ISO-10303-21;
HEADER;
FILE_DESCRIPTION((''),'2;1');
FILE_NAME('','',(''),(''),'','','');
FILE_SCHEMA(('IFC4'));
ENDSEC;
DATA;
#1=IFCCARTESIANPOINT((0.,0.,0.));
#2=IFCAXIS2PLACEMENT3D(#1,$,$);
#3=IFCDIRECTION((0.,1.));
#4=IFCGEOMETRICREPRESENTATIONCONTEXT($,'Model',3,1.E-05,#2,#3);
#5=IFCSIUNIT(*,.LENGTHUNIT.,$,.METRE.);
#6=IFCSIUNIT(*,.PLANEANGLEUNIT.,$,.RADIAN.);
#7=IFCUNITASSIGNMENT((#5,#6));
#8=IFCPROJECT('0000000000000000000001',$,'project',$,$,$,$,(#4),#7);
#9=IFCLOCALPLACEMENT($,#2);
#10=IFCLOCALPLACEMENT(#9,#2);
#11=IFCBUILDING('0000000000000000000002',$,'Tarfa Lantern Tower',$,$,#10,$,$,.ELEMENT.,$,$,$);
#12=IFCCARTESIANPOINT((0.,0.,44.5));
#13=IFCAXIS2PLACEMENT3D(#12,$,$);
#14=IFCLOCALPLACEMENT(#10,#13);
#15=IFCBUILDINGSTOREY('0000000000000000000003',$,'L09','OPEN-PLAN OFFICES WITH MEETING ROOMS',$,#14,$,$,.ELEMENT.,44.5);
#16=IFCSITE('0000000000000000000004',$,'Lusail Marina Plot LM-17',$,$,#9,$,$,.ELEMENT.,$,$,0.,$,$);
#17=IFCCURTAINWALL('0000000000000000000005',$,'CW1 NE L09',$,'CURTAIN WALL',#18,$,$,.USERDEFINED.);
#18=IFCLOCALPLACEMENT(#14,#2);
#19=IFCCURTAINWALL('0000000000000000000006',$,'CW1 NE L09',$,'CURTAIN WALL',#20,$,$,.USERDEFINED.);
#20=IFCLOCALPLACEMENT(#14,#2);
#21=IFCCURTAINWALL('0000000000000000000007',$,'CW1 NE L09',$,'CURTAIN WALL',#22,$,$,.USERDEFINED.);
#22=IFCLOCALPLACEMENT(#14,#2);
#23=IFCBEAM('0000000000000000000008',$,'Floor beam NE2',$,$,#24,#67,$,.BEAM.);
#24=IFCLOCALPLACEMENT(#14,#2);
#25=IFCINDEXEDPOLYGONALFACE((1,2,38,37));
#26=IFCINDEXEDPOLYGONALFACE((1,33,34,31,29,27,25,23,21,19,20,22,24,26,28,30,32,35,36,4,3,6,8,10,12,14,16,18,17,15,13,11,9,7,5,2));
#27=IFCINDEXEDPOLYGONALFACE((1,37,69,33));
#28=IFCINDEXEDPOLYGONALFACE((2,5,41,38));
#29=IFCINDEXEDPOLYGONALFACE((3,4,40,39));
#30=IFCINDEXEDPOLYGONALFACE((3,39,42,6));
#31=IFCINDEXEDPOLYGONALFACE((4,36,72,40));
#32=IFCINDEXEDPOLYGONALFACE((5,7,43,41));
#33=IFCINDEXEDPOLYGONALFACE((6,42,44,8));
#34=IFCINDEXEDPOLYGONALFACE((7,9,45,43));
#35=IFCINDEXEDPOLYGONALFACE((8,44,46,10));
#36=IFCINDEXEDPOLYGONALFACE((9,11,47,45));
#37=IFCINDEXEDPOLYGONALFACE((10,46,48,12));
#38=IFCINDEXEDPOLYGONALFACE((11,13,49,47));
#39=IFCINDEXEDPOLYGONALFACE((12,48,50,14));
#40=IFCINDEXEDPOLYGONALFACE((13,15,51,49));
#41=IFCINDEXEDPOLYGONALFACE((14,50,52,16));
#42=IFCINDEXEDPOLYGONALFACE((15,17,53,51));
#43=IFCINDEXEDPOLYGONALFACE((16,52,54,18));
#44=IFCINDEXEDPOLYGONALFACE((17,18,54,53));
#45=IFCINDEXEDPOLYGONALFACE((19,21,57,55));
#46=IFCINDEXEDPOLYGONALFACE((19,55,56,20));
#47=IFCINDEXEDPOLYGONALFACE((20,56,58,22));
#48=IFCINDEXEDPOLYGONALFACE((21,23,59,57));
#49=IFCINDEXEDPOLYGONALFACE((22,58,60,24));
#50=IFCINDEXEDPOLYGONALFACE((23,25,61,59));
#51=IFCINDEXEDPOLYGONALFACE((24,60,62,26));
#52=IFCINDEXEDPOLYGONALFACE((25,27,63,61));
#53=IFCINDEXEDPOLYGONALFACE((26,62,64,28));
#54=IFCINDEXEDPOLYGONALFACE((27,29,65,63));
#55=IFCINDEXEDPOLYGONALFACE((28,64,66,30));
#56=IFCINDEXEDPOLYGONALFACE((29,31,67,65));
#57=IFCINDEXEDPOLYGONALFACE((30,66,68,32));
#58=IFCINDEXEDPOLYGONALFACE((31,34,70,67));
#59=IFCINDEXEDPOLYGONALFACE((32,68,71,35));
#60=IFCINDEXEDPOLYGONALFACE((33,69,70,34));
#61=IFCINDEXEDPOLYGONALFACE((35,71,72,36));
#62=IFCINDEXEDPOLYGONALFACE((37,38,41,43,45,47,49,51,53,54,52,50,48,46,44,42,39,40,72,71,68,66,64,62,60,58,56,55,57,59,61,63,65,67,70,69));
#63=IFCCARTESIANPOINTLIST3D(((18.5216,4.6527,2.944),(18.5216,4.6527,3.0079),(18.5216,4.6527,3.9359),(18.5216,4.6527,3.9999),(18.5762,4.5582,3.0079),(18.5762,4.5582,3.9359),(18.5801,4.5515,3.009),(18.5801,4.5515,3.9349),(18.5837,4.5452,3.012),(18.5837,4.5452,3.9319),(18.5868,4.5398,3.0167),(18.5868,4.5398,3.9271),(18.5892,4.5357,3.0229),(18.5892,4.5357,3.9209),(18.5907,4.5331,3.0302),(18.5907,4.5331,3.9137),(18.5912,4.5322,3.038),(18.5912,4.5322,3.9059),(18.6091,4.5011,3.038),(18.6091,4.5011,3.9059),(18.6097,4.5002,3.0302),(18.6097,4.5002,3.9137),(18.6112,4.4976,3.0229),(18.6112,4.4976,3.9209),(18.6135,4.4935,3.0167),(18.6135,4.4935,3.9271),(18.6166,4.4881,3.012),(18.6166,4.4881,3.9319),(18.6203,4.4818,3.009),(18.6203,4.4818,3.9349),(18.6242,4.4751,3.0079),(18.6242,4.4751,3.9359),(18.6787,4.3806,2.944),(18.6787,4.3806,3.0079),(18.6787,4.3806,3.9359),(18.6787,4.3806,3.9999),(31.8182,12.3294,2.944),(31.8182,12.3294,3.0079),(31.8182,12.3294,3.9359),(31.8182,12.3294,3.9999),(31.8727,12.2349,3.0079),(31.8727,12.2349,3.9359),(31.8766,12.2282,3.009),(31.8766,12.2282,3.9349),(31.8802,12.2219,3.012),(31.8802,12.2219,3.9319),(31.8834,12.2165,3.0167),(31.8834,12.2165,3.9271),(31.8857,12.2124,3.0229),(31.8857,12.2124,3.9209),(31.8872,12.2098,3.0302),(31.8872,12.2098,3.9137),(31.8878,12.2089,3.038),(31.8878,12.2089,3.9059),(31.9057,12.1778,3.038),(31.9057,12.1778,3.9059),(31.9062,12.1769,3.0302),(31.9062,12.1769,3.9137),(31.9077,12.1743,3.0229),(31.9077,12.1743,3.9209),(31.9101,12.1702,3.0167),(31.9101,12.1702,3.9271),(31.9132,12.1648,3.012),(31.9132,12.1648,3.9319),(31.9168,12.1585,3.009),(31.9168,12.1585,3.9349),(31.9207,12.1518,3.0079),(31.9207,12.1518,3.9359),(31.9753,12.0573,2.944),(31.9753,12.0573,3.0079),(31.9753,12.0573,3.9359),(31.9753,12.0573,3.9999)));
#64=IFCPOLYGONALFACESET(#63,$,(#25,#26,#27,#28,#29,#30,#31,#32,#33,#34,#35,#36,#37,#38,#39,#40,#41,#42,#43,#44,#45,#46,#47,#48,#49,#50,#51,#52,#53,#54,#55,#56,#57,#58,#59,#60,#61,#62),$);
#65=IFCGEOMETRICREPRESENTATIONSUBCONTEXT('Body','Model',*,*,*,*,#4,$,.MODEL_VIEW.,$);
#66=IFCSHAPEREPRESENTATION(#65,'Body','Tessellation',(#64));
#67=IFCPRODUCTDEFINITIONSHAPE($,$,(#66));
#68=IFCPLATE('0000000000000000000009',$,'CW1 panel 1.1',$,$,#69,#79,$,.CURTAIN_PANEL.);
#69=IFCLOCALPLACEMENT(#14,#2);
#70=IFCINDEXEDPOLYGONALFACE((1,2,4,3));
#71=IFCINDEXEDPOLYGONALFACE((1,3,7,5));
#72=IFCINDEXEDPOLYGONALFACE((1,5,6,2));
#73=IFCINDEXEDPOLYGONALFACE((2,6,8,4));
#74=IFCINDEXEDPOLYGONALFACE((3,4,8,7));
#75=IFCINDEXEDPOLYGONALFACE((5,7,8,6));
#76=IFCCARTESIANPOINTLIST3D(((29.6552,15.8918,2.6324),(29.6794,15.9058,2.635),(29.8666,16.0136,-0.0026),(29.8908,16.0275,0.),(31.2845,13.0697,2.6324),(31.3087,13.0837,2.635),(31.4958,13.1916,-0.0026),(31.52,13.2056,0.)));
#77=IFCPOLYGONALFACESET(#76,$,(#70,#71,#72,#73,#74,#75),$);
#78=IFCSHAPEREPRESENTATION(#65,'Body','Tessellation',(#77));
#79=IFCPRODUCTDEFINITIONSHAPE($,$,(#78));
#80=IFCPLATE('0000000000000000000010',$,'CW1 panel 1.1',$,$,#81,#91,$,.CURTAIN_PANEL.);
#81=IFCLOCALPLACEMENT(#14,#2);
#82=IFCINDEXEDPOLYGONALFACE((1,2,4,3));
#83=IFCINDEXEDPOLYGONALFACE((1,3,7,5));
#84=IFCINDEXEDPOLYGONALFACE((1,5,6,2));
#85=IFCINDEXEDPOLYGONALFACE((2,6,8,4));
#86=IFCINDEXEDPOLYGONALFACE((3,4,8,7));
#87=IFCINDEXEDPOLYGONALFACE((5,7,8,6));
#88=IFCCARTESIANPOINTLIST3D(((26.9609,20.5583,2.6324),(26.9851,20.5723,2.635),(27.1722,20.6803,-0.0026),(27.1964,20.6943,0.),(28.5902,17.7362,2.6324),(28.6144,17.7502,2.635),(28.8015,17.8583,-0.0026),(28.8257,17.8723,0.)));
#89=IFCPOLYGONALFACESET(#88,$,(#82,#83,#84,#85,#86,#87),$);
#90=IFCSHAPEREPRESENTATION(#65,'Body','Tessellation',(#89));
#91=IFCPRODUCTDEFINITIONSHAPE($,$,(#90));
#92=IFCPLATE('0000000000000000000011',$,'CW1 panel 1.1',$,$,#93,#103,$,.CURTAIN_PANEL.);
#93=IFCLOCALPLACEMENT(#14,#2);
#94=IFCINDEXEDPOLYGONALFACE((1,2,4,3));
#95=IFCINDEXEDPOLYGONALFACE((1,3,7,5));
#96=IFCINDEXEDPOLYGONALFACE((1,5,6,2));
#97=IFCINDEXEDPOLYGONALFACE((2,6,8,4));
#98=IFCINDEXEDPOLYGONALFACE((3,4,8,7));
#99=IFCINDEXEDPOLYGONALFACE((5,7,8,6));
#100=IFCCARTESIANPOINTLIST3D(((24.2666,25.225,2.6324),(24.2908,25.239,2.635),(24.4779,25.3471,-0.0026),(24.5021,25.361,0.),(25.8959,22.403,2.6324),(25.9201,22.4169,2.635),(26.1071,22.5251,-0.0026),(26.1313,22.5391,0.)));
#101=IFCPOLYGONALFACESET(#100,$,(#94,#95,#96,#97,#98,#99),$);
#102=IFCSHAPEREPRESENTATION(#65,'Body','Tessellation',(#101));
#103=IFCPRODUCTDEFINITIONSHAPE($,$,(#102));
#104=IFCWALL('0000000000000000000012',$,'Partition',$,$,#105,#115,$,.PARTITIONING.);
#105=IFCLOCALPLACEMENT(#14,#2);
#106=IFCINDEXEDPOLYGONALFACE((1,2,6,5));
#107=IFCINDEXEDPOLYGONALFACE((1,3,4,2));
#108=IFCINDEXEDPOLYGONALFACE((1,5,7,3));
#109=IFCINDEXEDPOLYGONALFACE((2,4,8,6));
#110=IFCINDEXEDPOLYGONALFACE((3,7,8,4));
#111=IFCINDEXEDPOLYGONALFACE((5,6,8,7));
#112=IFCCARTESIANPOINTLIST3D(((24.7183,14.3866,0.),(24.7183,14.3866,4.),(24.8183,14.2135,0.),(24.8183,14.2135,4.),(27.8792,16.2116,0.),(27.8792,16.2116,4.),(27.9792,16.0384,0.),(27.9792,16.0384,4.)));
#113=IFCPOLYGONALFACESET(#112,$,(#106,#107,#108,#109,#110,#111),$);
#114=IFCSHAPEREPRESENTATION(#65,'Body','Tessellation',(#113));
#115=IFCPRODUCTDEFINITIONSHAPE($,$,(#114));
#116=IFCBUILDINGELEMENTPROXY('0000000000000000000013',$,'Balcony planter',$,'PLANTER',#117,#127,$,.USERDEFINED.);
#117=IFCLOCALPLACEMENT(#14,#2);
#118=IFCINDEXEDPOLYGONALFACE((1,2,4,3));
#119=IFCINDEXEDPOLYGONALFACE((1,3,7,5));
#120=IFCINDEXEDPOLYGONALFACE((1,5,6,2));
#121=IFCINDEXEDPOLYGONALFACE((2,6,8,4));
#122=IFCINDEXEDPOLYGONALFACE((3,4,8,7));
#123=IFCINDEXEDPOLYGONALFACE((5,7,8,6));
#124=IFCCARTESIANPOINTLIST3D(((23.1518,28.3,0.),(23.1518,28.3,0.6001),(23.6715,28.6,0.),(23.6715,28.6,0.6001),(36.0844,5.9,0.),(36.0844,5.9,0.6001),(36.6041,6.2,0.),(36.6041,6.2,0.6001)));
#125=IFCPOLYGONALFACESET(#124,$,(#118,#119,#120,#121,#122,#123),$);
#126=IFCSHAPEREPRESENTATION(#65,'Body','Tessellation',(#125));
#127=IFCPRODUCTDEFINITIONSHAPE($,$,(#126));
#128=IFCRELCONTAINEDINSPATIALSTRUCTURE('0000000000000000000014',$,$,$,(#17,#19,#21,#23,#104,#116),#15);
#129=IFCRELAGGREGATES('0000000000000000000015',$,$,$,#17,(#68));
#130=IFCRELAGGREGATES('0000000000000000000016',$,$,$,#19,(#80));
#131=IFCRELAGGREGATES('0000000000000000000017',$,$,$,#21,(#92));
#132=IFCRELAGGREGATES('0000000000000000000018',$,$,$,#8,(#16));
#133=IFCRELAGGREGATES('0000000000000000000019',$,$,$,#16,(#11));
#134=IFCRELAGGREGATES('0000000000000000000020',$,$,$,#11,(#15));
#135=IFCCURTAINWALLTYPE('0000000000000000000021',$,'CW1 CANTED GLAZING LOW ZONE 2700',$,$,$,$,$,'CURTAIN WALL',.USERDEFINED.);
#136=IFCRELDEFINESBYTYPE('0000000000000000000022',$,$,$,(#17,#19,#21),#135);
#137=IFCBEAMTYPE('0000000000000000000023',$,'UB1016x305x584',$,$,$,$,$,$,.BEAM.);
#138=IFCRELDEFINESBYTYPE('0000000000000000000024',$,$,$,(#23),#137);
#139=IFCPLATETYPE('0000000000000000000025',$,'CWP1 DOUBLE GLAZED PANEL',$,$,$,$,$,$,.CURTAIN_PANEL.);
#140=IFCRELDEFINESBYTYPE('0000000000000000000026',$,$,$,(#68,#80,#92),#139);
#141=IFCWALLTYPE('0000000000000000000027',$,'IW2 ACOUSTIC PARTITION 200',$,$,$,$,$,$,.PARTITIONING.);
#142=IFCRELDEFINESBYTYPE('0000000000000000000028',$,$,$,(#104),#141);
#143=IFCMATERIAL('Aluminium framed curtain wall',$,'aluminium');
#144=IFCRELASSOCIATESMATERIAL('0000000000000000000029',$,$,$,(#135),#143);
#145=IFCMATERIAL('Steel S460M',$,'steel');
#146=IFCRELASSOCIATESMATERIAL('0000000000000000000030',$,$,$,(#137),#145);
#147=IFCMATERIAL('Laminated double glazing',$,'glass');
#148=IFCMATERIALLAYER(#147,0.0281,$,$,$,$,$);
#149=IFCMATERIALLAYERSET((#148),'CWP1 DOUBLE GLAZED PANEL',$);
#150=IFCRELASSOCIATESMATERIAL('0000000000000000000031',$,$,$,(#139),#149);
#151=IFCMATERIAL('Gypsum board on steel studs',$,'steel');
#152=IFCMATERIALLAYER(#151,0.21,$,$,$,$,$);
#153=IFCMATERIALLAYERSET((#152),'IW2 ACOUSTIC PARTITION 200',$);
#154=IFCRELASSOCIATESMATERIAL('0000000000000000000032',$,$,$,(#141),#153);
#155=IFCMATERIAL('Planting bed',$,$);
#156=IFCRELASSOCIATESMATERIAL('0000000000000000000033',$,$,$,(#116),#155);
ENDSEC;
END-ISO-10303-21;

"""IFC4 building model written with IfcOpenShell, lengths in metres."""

from ifc_helpers import new_model, si_unit, direction, frame, frame_2d, origin, origin_2d, place, context, subcontext, project, spatial, polyline, rectangle, i_section, outline, extrude, material, layer, layer_set, material_profile, profile_set, type_object, element, aggregate, save


model = new_model("IFC4")

# Units and contexts
model_context = context("Model", 3, precision=1e-05, world=origin(), true_north=direction((0.0, 1.0)))
body_context = subcontext(model_context, "Body", "Model", "MODEL_VIEW")
ifc_project = project(units=[si_unit("LENGTHUNIT", "METRE"), si_unit("PLANEANGLEUNIT", "RADIAN")], contexts=[model_context])

# Site, building, storey
site_placement = place(None, origin())
site = spatial("IfcSite", under=ifc_project, at=site_placement, Name="Lusail Marina Plot LM-17", CompositionType="ELEMENT", RefElevation=0.0)
building_placement = place(site_placement, origin())
building = spatial("IfcBuilding", under=site, at=building_placement, Name="Tarfa Lantern Tower", CompositionType="ELEMENT")
storey_placement = place(building_placement, frame((0.0, 0.0, 44.5)))
storey = spatial("IfcBuildingStorey", under=building, at=storey_placement, Name="L09", Description="OPEN-PLAN OFFICES WITH MEETING ROOMS", CompositionType="ELEMENT", Elevation=44.5)

# Curtain walls
ifc_material_1 = material(Name="Aluminium framed curtain wall", Category="aluminium")
curtain_wall_type = type_object("IfcCurtainWallType", Name="CW1 CANTED GLAZING LOW ZONE 2700", ElementType="CURTAIN WALL", PredefinedType="USERDEFINED", material=ifc_material_1)
curtain_wall_1_placement = place(storey_placement, origin())
curtain_wall_1 = element("IfcCurtainWall", 1, at=curtain_wall_1_placement, inside=storey, type_object=curtain_wall_type, Name="CW1 NE L09", ObjectType="CURTAIN WALL", PredefinedType="USERDEFINED")
curtain_wall_2_placement = place(storey_placement, origin())
curtain_wall_2 = element("IfcCurtainWall", 2, at=curtain_wall_2_placement, inside=storey, type_object=curtain_wall_type, Name="CW1 NE L09", ObjectType="CURTAIN WALL", PredefinedType="USERDEFINED")
curtain_wall_3_placement = place(storey_placement, origin())
curtain_wall_3 = element("IfcCurtainWall", 3, at=curtain_wall_3_placement, inside=storey, type_object=curtain_wall_type, Name="CW1 NE L09", ObjectType="CURTAIN WALL", PredefinedType="USERDEFINED")

# Beam
ifc_material_2 = material(Name="Steel S460M", Category="steel")
ifc_material_profile_1 = material_profile(ifc_material_2, i_section(OverallWidth=0.3142, OverallDepth=1.0559, WebThickness=0.0359, FlangeThickness=0.064, FilletRadius=0.03, at=origin_2d()), Name="UB1016x305x584")
ifc_profile_set_1 = profile_set([ifc_material_profile_1], Name="Steel S460M")
beam_type_1 = type_object("IfcBeamType", Name="UB1016x305x584", PredefinedType="BEAM", material=ifc_profile_set_1)
beam_1_placement = place(storey_placement, frame((31.8967, 12.1934, 3.4719), z_axis=(-0.866027, -0.499997, 0.0), x_axis=(0.499997, -0.866027, 0.0)))
element("IfcBeam", 4, at=beam_1_placement, inside=storey, type_object=beam_type_1, Name="Floor beam NE2", PredefinedType="BEAM", context=body_context, shape_type="SweptSolid", body=[
    extrude(i_section(OverallWidth=0.3142, OverallDepth=1.0559, WebThickness=0.0359, FlangeThickness=0.064, FilletRadius=0.03, at=origin_2d()), origin(), (0.0, 0.0, 1.0), 15.3535),
])

# Plates
ifc_material_3 = material(Name="Laminated double glazing", Category="glass")
ifc_layer_1 = layer(ifc_material_3, 0.0281)
ifc_layer_set_1 = layer_set([ifc_layer_1], Name="CWP1 DOUBLE GLAZED PANEL")
plate_type = type_object("IfcPlateType", Name="CWP1 DOUBLE GLAZED PANEL", PredefinedType="CURTAIN_PANEL", material=ifc_layer_set_1)
plate_1_placement = place(storey_placement, frame((31.52, 13.2056, 0.0), z_axis=(0.862342, 0.497867, 0.09217), x_axis=(-0.499995, 0.866029, -0.000003)))
plate_1 = element("IfcPlate", 5, at=plate_1_placement, type_object=plate_type, Name="CW1 panel 1.1", PredefinedType="CURTAIN_PANEL", context=body_context, shape_type="SweptSolid", body=[
    extrude(outline(polyline([(0.0, 0.0), (3.2585, 0.0), (3.2587, 2.6463), (0.0001, 2.6463), (0.0, 0.0)])), origin(), (0.0, 0.0, -1.0), 0.0281),
])
aggregate(curtain_wall_1, [plate_1])
plate_2_placement = place(storey_placement, frame((28.8257, 17.8723, 0.0), z_axis=(0.862338, 0.497864, 0.092216), x_axis=(-0.499995, 0.866029, -0.000003)))
plate_2 = element("IfcPlate", 6, at=plate_2_placement, type_object=plate_type, Name="CW1 panel 1.1", PredefinedType="CURTAIN_PANEL", context=body_context, shape_type="SweptSolid", body=[
    extrude(outline(polyline([(0.0, 0.0), (3.2585, 0.0), (3.2585, 2.6463), (-0.0001, 2.6463), (0.0, 0.0)])), origin(), (0.0, 0.0, -1.0), 0.0281),
])
aggregate(curtain_wall_2, [plate_2])
plate_3_placement = place(storey_placement, frame((26.1313, 22.5391, 0.0), z_axis=(0.862338, 0.497864, 0.092216), x_axis=(-0.499995, 0.866029, -0.000003)))
plate_3 = element("IfcPlate", 7, at=plate_3_placement, type_object=plate_type, Name="CW1 panel 1.1", PredefinedType="CURTAIN_PANEL", context=body_context, shape_type="SweptSolid", body=[
    extrude(outline(polyline([(0.0, 0.0), (3.2585, 0.0), (3.2585, 2.6463), (-0.0001, 2.6463), (0.0, 0.0)])), origin(), (0.0, 0.0, -1.0), 0.0281),
])
aggregate(curtain_wall_3, [plate_3])

# Wall
ifc_material_4 = material(Name="Gypsum board on steel studs", Category="steel")
ifc_layer_2 = layer(ifc_material_4, 0.21)
ifc_layer_set_2 = layer_set([ifc_layer_2], Name="IW2 ACOUSTIC PARTITION 200")
wall_type = type_object("IfcWallType", Name="IW2 ACOUSTIC PARTITION 200", PredefinedType="PARTITIONING", material=ifc_layer_set_2)
wall_placement = place(storey_placement, frame((24.7683, 14.3, 0.0), z_axis=(0.0, 0.0, 1.0), x_axis=(0.866024, 0.500002, 0.0)))
element("IfcWall", 8, at=wall_placement, inside=storey, type_object=wall_type, Name="Partition", PredefinedType="PARTITIONING", context=body_context, shape_type="SweptSolid", body=[
    extrude(rectangle(XDim=3.6499, YDim=0.2, at=frame_2d((1.825, 0.0))), origin(), (0.0, 0.0, 1.0), 4.0),
])

# Building element proxy
ifc_material_5 = material(Name="Planting bed")
proxy_placement = place(storey_placement, frame((29.8779, 17.25, 0.0), z_axis=(0.0, 0.0, 1.0), x_axis=(-0.5, 0.866025, 0.0)))
element("IfcBuildingElementProxy", 9, at=proxy_placement, inside=storey, material=ifc_material_5, Name="Balcony planter", ObjectType="PLANTER", PredefinedType="USERDEFINED", context=body_context, shape_type="SweptSolid", body=[
    extrude(rectangle(XDim=25.8652, YDim=0.6001, at=origin_2d()), origin(), (0.0, 0.0, 1.0), 0.6001),
])

save(model, "model.ifc")
